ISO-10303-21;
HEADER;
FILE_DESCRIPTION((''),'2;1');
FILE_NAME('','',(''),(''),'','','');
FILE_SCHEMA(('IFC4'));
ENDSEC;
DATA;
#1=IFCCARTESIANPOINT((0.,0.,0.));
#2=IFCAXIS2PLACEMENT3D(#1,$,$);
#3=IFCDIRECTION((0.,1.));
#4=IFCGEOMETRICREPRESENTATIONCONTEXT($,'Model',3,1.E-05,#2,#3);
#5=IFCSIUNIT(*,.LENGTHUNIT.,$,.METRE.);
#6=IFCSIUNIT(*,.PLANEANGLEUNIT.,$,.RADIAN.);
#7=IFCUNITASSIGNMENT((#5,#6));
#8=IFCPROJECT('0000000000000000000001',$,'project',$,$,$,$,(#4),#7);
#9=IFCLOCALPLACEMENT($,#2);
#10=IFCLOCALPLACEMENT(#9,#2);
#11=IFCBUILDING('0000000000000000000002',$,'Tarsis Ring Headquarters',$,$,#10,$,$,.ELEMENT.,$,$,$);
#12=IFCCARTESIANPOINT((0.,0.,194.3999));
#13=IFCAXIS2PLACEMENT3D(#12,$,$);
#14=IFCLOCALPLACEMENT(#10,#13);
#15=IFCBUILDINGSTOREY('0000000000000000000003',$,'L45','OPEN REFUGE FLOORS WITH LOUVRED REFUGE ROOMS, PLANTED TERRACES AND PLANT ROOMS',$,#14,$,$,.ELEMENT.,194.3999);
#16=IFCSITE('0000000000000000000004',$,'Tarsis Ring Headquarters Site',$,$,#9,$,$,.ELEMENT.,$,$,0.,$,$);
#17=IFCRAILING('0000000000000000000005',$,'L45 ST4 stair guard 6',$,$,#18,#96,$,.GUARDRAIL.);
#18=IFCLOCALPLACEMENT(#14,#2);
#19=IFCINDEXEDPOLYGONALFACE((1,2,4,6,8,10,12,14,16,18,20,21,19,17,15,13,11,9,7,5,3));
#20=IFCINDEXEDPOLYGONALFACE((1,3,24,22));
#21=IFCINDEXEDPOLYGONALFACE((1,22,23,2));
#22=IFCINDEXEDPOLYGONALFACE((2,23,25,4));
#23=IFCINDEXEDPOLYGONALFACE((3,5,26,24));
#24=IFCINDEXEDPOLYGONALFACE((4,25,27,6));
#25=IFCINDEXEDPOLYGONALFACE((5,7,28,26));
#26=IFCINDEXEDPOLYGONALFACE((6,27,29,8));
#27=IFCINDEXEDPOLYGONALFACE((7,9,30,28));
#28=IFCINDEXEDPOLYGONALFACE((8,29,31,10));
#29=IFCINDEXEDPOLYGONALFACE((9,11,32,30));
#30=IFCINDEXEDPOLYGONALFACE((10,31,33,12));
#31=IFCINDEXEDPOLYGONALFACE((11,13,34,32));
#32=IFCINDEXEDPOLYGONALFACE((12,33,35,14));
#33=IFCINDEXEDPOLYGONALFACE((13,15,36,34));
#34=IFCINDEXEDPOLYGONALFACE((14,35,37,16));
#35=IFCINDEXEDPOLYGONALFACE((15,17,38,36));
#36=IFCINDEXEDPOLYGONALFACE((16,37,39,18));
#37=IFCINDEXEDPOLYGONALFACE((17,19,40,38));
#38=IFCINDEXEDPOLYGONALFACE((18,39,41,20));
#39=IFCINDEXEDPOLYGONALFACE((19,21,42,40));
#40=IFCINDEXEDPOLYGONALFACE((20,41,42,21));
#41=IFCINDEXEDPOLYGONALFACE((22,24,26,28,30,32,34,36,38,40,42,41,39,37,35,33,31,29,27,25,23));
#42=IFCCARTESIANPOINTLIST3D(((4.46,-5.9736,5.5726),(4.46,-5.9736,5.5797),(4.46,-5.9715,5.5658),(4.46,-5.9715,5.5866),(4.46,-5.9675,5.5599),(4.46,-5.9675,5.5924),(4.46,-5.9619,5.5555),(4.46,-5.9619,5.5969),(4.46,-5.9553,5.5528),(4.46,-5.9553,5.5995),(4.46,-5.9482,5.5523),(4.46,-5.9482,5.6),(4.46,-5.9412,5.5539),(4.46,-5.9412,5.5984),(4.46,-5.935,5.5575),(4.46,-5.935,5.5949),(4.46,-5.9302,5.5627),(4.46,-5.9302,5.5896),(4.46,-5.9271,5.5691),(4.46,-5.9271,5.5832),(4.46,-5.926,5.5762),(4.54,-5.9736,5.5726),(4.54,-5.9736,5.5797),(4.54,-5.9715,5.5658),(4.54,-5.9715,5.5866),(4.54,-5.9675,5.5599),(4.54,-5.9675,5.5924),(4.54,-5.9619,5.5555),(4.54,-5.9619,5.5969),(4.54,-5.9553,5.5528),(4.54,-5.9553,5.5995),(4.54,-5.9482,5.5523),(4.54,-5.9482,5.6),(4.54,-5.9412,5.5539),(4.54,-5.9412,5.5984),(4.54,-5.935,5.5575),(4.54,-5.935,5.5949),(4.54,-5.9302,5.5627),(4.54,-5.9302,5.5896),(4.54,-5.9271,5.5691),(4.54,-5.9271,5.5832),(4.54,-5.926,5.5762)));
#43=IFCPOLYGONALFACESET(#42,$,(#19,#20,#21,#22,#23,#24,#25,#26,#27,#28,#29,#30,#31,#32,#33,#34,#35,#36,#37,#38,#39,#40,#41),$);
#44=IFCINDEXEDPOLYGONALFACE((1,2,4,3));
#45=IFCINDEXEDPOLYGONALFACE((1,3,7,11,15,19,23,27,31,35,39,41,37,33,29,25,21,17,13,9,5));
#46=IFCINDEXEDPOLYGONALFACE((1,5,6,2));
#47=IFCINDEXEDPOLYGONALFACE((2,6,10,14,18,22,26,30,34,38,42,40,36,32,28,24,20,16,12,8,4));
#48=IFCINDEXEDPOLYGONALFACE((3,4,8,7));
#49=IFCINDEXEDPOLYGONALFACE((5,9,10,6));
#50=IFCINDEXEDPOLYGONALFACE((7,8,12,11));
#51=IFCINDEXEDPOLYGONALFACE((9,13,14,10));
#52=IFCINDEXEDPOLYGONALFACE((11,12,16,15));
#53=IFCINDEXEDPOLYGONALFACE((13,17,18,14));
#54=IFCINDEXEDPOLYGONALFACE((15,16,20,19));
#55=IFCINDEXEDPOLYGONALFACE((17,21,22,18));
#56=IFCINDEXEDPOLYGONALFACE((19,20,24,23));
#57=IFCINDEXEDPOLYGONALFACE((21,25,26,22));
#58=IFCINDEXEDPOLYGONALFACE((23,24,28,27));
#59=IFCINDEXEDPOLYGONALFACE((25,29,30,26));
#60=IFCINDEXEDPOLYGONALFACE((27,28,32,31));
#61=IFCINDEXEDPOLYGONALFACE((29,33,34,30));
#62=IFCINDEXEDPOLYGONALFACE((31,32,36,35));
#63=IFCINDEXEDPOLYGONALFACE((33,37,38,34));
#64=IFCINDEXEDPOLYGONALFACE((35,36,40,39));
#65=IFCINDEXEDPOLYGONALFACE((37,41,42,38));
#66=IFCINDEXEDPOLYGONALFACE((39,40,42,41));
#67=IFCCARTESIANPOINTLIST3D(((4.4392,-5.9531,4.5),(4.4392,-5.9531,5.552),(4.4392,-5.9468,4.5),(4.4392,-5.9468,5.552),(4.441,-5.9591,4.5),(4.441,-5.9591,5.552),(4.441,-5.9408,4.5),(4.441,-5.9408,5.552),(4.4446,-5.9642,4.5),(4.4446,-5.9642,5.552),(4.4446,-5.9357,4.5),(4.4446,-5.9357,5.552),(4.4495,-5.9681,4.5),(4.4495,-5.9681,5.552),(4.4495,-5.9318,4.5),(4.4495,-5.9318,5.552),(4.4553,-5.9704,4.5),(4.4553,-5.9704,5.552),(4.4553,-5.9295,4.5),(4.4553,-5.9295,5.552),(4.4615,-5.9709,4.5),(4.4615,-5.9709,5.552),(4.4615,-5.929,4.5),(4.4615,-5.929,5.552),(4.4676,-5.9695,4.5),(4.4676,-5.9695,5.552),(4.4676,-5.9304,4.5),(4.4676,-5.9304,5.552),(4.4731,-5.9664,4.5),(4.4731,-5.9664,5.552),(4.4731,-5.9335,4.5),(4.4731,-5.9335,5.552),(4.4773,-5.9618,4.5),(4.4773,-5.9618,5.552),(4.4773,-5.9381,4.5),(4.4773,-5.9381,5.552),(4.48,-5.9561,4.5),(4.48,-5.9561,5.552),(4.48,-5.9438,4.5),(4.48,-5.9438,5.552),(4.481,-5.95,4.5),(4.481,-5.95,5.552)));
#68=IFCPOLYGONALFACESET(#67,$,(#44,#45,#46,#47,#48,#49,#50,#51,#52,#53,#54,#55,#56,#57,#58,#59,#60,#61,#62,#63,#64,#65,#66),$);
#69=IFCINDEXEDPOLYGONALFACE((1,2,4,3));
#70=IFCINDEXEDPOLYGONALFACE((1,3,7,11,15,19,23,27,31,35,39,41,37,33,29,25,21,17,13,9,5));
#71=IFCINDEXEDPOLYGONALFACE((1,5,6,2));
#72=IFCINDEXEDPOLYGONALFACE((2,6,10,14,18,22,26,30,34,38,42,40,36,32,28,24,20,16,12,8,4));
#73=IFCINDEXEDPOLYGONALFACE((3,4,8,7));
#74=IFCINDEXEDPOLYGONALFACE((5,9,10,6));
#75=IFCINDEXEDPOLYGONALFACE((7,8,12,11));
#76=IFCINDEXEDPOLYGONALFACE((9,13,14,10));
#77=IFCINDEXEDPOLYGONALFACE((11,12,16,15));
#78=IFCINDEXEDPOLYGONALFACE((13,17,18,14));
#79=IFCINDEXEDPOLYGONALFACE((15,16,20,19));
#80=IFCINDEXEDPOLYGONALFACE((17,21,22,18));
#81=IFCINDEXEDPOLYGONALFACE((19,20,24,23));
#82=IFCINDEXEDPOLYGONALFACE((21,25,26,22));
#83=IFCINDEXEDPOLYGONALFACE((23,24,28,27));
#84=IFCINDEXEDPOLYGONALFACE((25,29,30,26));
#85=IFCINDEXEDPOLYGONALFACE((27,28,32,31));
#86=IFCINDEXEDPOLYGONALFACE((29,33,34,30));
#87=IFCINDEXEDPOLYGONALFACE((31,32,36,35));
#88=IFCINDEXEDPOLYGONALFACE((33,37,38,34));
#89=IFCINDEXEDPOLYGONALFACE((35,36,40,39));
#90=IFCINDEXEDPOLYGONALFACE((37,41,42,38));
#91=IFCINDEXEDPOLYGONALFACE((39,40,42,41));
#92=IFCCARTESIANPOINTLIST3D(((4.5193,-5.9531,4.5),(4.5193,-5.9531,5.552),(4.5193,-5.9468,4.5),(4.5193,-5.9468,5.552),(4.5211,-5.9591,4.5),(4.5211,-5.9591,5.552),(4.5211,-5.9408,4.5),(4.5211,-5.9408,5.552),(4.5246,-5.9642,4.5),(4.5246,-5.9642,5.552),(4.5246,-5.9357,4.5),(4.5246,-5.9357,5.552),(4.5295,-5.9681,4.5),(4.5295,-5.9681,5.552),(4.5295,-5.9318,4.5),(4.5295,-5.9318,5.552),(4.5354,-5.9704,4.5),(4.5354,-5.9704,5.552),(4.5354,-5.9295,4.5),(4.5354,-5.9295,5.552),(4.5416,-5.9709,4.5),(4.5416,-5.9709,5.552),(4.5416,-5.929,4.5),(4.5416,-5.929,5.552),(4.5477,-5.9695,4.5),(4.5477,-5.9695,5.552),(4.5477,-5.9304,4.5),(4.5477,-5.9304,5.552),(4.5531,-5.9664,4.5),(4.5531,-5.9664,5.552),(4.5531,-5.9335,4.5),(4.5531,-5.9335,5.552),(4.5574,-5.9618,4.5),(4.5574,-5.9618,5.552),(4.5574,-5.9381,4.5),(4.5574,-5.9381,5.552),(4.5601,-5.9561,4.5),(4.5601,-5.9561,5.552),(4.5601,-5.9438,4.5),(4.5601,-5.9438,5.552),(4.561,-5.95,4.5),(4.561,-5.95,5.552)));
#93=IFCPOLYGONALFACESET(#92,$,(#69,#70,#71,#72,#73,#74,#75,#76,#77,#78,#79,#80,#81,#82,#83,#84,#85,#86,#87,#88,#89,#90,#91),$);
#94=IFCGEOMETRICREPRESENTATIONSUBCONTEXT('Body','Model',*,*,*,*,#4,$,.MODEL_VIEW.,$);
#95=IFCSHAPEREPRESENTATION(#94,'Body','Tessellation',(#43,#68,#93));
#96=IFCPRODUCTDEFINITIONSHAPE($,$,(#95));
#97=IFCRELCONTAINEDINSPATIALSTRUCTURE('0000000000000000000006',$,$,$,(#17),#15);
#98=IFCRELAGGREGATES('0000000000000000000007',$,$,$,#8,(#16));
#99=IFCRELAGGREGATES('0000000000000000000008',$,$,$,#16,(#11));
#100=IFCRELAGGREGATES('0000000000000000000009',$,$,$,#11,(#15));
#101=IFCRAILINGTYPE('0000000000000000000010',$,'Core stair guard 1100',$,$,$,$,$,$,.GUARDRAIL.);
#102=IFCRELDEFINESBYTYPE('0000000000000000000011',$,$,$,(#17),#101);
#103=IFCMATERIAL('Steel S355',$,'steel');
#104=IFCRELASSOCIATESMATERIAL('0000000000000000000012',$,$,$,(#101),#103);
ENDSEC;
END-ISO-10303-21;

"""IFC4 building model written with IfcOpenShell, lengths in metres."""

from ifc_helpers import new_model, si_unit, direction, frame, origin, origin_2d, place, context, subcontext, project, spatial, circle, extrude, material, type_object, element, save


model = new_model("IFC4")

# Units and contexts
model_context = context("Model", 3, precision=1e-05, world=origin(), true_north=direction((0.0, 1.0)))
body_context = subcontext(model_context, "Body", "Model", "MODEL_VIEW")
ifc_project = project(units=[si_unit("LENGTHUNIT", "METRE"), si_unit("PLANEANGLEUNIT", "RADIAN")], contexts=[model_context])

# Site, building, storey
site_placement = place(None, origin())
site = spatial("IfcSite", under=ifc_project, at=site_placement, Name="Tarsis Ring Headquarters Site", CompositionType="ELEMENT", RefElevation=0.0)
building_placement = place(site_placement, origin())
building = spatial("IfcBuilding", under=site, at=building_placement, Name="Tarsis Ring Headquarters", CompositionType="ELEMENT")
storey_placement = place(building_placement, frame((0.0, 0.0, 194.3999)))
storey = spatial("IfcBuildingStorey", under=building, at=storey_placement, Name="L45", Description="OPEN REFUGE FLOORS WITH LOUVRED REFUGE ROOMS, PLANTED TERRACES AND PLANT ROOMS", CompositionType="ELEMENT", Elevation=194.3999)

# Railing
ifc_material_1 = material(Name="Steel S355", Category="steel")
railing_type_1 = type_object("IfcRailingType", Name="Core stair guard 1100", PredefinedType="GUARDRAIL", material=ifc_material_1)
railing_1_placement = place(storey_placement, frame((4.46, -5.95, 4.5)))
element("IfcRailing", 1, at=railing_1_placement, inside=storey, type_object=railing_type_1, Name="L45 ST4 stair guard 6", PredefinedType="GUARDRAIL", context=body_context, shape_type="SweptSolid", body=[
    extrude(circle(Radius=0.0239, at=origin_2d()), frame((0.0, 0.0, 1.0762), z_axis=(1.0, 0.0, 0.0), x_axis=(0.0, 1.0, 0.0)), (0.0, 0.0, 1.0), 0.0801),
    extrude(circle(Radius=0.021, at=origin_2d()), origin(), (0.0, 0.0, 1.0), 1.052),
    extrude(circle(Radius=0.021, at=origin_2d()), frame((0.0801, 0.0, 0.0)), (0.0, 0.0, 1.0), 1.052),
])

save(model, "model.ifc")
